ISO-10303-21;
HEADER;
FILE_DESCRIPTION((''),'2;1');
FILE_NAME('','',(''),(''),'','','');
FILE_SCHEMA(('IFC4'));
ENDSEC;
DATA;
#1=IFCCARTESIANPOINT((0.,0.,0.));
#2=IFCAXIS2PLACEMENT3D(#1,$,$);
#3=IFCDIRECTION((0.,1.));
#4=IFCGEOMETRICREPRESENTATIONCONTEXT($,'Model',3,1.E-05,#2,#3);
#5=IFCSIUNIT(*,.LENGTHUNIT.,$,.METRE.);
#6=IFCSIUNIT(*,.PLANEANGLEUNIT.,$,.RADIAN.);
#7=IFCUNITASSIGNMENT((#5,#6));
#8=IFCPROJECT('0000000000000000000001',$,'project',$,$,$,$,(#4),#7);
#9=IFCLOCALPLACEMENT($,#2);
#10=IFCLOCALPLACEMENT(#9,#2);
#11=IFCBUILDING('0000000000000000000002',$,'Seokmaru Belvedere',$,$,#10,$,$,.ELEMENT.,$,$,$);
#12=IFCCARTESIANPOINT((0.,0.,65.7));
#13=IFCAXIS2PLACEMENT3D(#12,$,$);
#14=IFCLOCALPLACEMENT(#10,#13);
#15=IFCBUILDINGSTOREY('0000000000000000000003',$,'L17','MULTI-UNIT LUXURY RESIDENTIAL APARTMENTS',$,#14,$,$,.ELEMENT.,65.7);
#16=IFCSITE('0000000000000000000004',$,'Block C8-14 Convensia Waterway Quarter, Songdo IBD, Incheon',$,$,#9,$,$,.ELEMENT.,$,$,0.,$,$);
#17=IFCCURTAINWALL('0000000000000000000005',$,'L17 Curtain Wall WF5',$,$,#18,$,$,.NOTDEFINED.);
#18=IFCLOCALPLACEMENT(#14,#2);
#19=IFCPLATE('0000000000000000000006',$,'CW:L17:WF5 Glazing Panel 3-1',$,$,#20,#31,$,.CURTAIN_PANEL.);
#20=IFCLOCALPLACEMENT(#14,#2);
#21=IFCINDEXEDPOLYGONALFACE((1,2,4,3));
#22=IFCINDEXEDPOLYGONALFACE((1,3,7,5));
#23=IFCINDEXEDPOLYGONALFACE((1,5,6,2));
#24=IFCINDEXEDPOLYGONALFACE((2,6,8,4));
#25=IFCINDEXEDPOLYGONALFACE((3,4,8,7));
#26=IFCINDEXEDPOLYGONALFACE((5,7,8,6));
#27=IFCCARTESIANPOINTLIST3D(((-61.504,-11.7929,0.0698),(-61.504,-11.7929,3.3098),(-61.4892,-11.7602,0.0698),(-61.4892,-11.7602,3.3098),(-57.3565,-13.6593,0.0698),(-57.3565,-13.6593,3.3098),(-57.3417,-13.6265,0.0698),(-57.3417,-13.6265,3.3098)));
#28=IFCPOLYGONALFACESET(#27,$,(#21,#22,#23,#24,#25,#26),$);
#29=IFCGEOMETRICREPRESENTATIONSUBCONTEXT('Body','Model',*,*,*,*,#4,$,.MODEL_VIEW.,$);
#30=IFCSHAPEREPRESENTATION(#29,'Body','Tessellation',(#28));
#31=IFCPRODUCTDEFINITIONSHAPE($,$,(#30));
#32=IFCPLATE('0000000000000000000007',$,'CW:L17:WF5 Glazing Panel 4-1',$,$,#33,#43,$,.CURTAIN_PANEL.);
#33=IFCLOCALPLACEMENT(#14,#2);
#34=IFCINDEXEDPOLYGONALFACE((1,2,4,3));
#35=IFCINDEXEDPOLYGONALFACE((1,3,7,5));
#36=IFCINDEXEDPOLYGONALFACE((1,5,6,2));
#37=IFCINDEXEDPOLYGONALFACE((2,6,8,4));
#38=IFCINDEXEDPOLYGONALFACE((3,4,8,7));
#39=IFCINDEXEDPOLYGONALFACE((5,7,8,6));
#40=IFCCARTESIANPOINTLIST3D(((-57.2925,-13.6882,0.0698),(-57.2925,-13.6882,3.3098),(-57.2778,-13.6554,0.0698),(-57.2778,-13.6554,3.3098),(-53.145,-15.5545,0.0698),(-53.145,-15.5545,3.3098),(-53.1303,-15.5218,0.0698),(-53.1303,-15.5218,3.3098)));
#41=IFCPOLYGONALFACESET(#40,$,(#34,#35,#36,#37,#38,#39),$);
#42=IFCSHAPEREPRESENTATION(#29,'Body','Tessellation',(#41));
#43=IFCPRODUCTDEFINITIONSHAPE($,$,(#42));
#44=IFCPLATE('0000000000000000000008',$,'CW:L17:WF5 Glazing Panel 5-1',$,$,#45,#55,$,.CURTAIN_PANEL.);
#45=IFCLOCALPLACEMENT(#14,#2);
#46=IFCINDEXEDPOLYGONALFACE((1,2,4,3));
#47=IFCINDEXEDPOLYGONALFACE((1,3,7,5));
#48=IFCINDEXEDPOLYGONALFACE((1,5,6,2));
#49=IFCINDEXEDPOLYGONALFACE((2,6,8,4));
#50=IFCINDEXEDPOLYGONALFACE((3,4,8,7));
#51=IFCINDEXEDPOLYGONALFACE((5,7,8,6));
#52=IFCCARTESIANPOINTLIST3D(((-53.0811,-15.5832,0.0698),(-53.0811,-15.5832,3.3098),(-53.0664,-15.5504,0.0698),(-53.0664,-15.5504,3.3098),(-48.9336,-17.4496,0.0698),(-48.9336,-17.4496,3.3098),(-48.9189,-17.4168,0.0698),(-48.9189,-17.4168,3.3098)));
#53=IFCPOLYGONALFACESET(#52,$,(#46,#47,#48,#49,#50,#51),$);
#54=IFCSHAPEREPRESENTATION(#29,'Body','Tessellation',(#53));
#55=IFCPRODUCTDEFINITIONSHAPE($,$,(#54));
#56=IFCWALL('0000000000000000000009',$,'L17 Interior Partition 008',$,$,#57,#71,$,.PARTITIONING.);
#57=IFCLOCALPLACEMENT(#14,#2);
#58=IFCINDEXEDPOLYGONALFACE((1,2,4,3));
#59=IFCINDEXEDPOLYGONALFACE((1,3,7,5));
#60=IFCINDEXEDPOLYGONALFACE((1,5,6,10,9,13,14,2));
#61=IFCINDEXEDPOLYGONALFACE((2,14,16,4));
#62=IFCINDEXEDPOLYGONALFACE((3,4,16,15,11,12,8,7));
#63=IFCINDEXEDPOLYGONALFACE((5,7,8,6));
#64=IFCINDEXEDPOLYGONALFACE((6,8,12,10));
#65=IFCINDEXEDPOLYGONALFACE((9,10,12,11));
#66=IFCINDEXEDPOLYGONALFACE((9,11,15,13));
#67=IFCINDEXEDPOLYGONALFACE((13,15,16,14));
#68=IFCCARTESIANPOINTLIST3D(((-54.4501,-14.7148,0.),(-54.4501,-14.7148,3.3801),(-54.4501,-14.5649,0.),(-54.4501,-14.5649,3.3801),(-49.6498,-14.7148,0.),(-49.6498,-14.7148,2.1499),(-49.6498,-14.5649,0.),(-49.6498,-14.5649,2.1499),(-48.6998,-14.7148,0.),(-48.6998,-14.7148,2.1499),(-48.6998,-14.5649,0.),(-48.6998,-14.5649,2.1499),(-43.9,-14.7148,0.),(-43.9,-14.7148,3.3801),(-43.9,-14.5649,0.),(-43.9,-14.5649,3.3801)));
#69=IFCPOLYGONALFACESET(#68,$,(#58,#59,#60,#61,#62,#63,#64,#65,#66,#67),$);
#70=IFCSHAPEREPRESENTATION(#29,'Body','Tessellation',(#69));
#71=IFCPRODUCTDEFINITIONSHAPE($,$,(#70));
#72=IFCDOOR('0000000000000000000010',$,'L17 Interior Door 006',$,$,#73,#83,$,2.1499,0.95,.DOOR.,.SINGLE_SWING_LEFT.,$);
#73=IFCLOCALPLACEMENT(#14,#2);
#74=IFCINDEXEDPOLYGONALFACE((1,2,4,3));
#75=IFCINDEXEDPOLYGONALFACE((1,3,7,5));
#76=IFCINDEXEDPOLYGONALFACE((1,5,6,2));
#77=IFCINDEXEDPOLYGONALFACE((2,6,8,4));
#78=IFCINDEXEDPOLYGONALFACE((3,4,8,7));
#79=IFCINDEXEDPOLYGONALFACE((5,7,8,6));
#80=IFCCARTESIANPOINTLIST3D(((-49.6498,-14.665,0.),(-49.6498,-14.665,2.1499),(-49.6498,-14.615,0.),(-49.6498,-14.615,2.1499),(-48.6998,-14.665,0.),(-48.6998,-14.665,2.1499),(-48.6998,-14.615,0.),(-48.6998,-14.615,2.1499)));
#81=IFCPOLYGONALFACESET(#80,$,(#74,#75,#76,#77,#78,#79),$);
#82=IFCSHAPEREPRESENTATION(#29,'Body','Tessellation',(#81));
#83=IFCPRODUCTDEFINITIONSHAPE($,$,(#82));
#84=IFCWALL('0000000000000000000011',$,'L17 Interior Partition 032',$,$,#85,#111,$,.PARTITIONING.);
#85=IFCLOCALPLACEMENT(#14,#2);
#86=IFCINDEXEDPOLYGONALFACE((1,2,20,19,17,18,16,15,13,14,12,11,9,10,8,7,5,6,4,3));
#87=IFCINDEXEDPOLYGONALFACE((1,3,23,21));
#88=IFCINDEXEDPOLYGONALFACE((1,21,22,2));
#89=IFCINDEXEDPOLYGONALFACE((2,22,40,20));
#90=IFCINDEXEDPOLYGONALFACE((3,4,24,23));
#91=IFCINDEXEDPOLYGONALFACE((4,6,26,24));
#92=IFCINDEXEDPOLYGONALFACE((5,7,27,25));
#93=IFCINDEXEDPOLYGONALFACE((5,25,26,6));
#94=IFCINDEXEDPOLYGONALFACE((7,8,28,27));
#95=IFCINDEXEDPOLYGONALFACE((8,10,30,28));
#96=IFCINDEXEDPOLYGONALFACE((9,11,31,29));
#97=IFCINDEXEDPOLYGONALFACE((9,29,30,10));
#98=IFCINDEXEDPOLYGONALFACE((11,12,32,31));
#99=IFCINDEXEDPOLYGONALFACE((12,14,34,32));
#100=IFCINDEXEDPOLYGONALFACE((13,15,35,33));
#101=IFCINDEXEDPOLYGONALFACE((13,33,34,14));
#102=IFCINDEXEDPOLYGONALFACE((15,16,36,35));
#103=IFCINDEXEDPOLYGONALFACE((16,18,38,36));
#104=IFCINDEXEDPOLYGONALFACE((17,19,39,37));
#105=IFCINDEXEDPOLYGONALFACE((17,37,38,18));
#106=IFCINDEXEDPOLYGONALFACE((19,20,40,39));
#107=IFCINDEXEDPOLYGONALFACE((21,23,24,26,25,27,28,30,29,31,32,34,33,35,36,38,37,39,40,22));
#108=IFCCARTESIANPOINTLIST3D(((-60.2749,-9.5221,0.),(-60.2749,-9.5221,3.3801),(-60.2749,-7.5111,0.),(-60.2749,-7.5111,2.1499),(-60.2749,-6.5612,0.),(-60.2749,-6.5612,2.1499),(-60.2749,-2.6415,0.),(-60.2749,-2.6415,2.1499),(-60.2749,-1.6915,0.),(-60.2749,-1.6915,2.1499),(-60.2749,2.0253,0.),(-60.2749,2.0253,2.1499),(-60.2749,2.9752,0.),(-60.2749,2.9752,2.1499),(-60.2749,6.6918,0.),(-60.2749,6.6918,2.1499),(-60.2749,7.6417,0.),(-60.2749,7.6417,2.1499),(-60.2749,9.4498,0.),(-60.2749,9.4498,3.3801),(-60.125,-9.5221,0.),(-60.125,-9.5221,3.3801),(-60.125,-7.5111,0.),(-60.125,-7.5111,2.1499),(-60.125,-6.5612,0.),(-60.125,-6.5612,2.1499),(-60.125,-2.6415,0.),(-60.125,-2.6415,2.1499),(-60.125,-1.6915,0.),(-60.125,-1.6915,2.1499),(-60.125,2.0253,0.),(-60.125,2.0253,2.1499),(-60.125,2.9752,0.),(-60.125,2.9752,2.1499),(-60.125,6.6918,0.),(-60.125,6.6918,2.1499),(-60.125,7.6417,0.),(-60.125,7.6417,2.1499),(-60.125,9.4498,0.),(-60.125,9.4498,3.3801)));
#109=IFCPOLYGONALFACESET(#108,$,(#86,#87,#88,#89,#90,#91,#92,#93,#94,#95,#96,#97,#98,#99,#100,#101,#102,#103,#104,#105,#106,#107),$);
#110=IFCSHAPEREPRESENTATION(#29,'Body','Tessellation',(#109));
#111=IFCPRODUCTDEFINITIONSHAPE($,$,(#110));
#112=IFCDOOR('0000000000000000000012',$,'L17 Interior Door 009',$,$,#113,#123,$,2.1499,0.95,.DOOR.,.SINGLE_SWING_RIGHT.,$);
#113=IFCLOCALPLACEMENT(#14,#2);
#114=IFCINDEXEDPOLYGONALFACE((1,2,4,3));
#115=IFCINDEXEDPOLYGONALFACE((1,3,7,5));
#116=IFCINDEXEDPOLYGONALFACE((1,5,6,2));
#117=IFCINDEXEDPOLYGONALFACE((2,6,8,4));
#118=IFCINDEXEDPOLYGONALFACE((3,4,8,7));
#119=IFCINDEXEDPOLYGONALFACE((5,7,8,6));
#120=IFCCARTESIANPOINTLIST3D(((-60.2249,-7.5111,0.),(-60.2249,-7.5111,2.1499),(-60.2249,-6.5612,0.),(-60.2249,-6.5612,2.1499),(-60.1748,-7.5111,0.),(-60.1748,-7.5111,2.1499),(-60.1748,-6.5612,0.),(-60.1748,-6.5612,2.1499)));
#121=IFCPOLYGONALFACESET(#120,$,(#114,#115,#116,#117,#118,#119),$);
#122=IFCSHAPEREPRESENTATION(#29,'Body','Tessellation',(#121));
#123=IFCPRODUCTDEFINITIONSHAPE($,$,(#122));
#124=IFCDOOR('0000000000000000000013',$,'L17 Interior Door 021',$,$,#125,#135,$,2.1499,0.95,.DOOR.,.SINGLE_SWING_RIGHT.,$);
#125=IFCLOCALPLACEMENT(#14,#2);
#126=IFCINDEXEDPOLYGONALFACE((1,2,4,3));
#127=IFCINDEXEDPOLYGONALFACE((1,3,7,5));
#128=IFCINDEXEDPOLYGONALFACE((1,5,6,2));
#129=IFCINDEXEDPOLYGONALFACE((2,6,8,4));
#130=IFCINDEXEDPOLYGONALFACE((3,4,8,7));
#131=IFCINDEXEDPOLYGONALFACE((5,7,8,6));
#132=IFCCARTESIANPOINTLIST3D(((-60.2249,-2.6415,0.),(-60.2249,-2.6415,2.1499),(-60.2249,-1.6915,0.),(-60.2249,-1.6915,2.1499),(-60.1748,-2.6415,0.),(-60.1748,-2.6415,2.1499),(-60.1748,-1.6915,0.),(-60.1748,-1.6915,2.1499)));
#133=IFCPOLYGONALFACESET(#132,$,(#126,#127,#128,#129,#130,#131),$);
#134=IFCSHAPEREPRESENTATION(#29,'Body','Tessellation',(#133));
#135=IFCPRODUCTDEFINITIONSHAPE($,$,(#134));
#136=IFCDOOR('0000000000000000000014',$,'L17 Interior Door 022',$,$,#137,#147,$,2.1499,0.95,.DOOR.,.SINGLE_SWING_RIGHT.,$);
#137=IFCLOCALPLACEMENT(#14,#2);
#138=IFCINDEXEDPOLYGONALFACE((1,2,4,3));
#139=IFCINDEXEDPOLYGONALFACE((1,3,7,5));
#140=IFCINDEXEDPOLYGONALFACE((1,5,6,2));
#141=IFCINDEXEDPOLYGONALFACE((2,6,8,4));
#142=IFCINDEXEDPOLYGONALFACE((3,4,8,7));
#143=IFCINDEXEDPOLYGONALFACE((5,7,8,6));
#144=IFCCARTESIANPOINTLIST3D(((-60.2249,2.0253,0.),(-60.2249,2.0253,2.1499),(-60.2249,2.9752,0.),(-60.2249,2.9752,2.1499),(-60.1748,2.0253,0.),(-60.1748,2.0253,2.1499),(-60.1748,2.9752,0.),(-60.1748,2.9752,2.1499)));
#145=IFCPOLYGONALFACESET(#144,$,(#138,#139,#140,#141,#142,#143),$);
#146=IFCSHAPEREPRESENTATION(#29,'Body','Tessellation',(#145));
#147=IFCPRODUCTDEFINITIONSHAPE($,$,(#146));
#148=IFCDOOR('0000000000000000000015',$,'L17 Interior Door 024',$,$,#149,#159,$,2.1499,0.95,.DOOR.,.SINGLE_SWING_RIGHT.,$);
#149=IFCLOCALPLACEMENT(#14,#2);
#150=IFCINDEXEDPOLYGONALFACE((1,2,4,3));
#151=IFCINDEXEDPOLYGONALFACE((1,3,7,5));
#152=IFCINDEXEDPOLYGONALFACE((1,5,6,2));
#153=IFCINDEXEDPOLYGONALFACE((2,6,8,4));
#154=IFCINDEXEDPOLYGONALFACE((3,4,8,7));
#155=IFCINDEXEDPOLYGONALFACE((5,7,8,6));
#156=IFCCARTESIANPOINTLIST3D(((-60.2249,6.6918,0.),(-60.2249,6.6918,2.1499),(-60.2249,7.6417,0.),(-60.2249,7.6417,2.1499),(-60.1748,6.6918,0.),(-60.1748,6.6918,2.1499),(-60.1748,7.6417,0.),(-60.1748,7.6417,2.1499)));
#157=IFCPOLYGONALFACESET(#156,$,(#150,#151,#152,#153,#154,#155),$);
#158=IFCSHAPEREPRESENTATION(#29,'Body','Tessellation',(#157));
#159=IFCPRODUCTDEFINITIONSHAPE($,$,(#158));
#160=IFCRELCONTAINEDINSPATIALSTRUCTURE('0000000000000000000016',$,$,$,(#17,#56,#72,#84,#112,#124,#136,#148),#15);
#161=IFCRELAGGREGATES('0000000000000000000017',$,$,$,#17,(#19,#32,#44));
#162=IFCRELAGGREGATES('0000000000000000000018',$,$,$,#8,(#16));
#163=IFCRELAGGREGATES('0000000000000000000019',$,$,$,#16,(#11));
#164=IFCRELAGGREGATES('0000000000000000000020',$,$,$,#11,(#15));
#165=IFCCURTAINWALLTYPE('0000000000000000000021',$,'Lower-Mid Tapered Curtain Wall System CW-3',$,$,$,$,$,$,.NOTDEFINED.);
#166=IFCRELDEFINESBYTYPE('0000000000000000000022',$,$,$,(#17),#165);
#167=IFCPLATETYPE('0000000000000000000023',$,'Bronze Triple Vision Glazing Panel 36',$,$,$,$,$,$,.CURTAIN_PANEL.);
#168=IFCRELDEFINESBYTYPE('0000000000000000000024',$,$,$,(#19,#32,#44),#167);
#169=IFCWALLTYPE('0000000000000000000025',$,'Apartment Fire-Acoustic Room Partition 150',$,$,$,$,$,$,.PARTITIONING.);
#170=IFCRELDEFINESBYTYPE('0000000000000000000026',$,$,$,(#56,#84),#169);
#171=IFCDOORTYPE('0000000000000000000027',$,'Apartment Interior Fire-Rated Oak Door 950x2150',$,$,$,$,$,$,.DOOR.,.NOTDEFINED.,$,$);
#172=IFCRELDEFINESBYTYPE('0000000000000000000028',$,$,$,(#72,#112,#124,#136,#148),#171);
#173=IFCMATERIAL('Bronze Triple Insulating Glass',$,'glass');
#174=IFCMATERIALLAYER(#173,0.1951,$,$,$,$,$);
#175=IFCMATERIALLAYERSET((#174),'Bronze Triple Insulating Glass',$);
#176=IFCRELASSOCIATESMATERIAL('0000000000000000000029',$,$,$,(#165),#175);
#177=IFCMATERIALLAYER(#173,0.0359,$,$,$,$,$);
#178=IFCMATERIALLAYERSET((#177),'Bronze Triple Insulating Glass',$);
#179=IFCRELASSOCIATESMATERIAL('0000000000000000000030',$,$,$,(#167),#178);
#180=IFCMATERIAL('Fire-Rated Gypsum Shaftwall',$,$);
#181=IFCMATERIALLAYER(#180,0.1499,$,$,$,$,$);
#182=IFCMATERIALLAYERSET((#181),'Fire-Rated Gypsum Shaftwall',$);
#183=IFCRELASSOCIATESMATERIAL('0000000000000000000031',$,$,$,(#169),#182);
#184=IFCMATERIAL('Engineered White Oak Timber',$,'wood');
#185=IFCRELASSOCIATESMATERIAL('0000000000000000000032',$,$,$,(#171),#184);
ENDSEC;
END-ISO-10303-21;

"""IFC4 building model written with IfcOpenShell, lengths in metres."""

from ifc_helpers import new_model, si_unit, direction, frame, frame_2d, origin, origin_2d, place, context, subcontext, project, spatial, rectangle, extrude, source, transform, mapped, material, layer, layer_set, type_object, type_shapes, element, fill, aggregate, save


model = new_model("IFC4")

# Units and contexts
model_context = context("Model", 3, precision=1e-05, world=origin(), true_north=direction((0.0, 1.0)))
body_context = subcontext(model_context, "Body", "Model", "MODEL_VIEW")
ifc_project = project(units=[si_unit("LENGTHUNIT", "METRE"), si_unit("PLANEANGLEUNIT", "RADIAN")], contexts=[model_context])

# Site, building, storey
site_placement = place(None, origin())
site = spatial("IfcSite", under=ifc_project, at=site_placement, Name="Block C8-14 Convensia Waterway Quarter, Songdo IBD, Incheon", CompositionType="ELEMENT", RefElevation=0.0)
building_placement = place(site_placement, origin())
building = spatial("IfcBuilding", under=site, at=building_placement, Name="Seokmaru Belvedere", CompositionType="ELEMENT")
storey_placement = place(building_placement, frame((0.0, 0.0, 65.7)))
storey = spatial("IfcBuildingStorey", under=building, at=storey_placement, Name="L17", Description="MULTI-UNIT LUXURY RESIDENTIAL APARTMENTS", CompositionType="ELEMENT", Elevation=65.7)

# Curtain wall, plates
ifc_material_1 = material(Name="Bronze Triple Insulating Glass", Category="glass")
ifc_layer_1 = layer(ifc_material_1, 0.1951)
ifc_layer_set_1 = layer_set([ifc_layer_1], Name="Bronze Triple Insulating Glass")
curtain_wall_type = type_object("IfcCurtainWallType", Name="Lower-Mid Tapered Curtain Wall System CW-3", PredefinedType="NOTDEFINED", material=ifc_layer_set_1)
curtain_wall_placement = place(storey_placement, origin())
curtain_wall = element("IfcCurtainWall", 1, at=curtain_wall_placement, inside=storey, type_object=curtain_wall_type, Name="L17 Curtain Wall WF5", PredefinedType="NOTDEFINED")
ifc_layer_2 = layer(ifc_material_1, 0.0359)
ifc_layer_set_2 = layer_set([ifc_layer_2], Name="Bronze Triple Insulating Glass")
plate_type = type_object("IfcPlateType", Name="Bronze Triple Vision Glazing Panel 36", PredefinedType="CURTAIN_PANEL", material=ifc_layer_set_2)
shared_shape_1 = source(origin(), body_context, "Body", "SweptSolid", [
    extrude(rectangle(XDim=4.5481, YDim=0.0359, at=origin_2d()), origin(), (0.0, 0.0, 1.0), 3.24),
])
type_shapes(plate_type, [shared_shape_1])
plate_1_placement = place(storey_placement, frame((-59.4229, -12.7097, 0.0698), z_axis=(0.0, 0.0, 1.0), x_axis=(0.911921, -0.410366, 0.0)))
plate_1 = element("IfcPlate", 2, at=plate_1_placement, type_object=plate_type, Name="CW:L17:WF5 Glazing Panel 3-1", PredefinedType="CURTAIN_PANEL", context=body_context, shape_type="MappedRepresentation", body=[
    mapped(shared_shape_1, transform((0.0, 0.0, 0.0), scale=1.0)),
])
plate_2_placement = place(storey_placement, frame((-55.2114, -14.605, 0.0698), z_axis=(0.0, 0.0, 1.0), x_axis=(0.911921, -0.410366, 0.0)))
plate_2 = element("IfcPlate", 3, at=plate_2_placement, type_object=plate_type, Name="CW:L17:WF5 Glazing Panel 4-1", PredefinedType="CURTAIN_PANEL", context=body_context, shape_type="MappedRepresentation", body=[
    mapped(shared_shape_1, transform((0.0, 0.0, 0.0), scale=1.0)),
])
plate_3_placement = place(storey_placement, frame((-51.0, -16.5, 0.0698), z_axis=(0.0, 0.0, 1.0), x_axis=(0.911921, -0.410366, 0.0)))
plate_3 = element("IfcPlate", 4, at=plate_3_placement, type_object=plate_type, Name="CW:L17:WF5 Glazing Panel 5-1", PredefinedType="CURTAIN_PANEL", context=body_context, shape_type="MappedRepresentation", body=[
    mapped(shared_shape_1, transform((0.0, 0.0, 0.0), scale=1.0)),
])
aggregate(curtain_wall, [plate_1, plate_2, plate_3])

# Wall, opening, door
ifc_material_2 = material(Name="Fire-Rated Gypsum Shaftwall")
ifc_layer_3 = layer(ifc_material_2, 0.1499)
ifc_layer_set_3 = layer_set([ifc_layer_3], Name="Fire-Rated Gypsum Shaftwall")
wall_type_1 = type_object("IfcWallType", Name="Apartment Fire-Acoustic Room Partition 150", PredefinedType="PARTITIONING", material=ifc_layer_set_3)
wall_1_placement = place(storey_placement, frame((-54.45, -14.6399, 0.0), z_axis=(0.0, 0.0, 1.0), x_axis=(1.0, 0.0, 0.0)))
wall_1 = element("IfcWall", 5, at=wall_1_placement, inside=storey, type_object=wall_type_1, Name="L17 Interior Partition 008", PredefinedType="PARTITIONING", context=body_context, shape_type="SweptSolid", body=[
    extrude(rectangle(XDim=10.55, YDim=0.1499, at=frame_2d((5.2749, 0.0))), origin(), (0.0, 0.0, 1.0), 3.3801),
])
opening_1_placement = place(wall_1_placement, frame((4.8, 0.0, 0.0)))
opening_1 = element("IfcOpeningElement", 6, at=opening_1_placement, cuts=wall_1, PredefinedType="OPENING", context=body_context, shape_type="SweptSolid", body=[
    extrude(rectangle(XDim=0.95, YDim=2.1499, at=frame_2d((0.4751, 1.075))), frame((0.0, 0.085, 0.0), z_axis=(0.0, -1.0, 0.0), x_axis=(1.0, 0.0, 0.0)), (0.0, 0.0, 1.0), 0.1699),
])
ifc_material_3 = material(Name="Engineered White Oak Timber", Category="wood")
door_type = type_object("IfcDoorType", Name="Apartment Interior Fire-Rated Oak Door 950x2150", OperationType="NOTDEFINED", PredefinedType="DOOR", material=ifc_material_3)
shared_shape_2 = source(origin(), body_context, "Body", "SweptSolid", [
    extrude(rectangle(XDim=0.95, YDim=2.1499, at=frame_2d((0.4751, 1.075))), frame((0.0, 0.0249, 0.0), z_axis=(0.0, -1.0, 0.0), x_axis=(1.0, 0.0, 0.0)), (0.0, 0.0, 1.0), 0.05),
])
type_shapes(door_type, [shared_shape_2])
door_1_placement = place(opening_1_placement, origin())
door_1 = element("IfcDoor", 7, at=door_1_placement, inside=storey, type_object=door_type, Name="L17 Interior Door 006", OperationType="SINGLE_SWING_LEFT", OverallHeight=2.1499, OverallWidth=0.95, PredefinedType="DOOR", context=body_context, shape_type="MappedRepresentation", body=[
    mapped(shared_shape_2, transform((0.0, 0.0, 0.0), scale=1.0)),
])
fill(opening_1, door_1)

# Wall, openings, doors
wall_2_placement = place(storey_placement, frame((-60.2, -9.522, 0.0), z_axis=(0.0, 0.0, 1.0), x_axis=(0.0, 1.0, 0.0)))
wall_2 = element("IfcWall", 8, at=wall_2_placement, inside=storey, type_object=wall_type_1, Name="L17 Interior Partition 032", PredefinedType="PARTITIONING", context=body_context, shape_type="SweptSolid", body=[
    extrude(rectangle(XDim=18.9719, YDim=0.1499, at=frame_2d((9.4858, 0.0))), origin(), (0.0, 0.0, 1.0), 3.3801),
])
opening_2_placement = place(wall_2_placement, frame((2.0107, 0.0, 0.0)))
opening_2 = element("IfcOpeningElement", 9, at=opening_2_placement, cuts=wall_2, PredefinedType="OPENING", context=body_context, shape_type="SweptSolid", body=[
    extrude(rectangle(XDim=0.95, YDim=2.1499, at=frame_2d((0.4751, 1.075))), frame((0.0, 0.085, 0.0), z_axis=(0.0, -1.0, 0.0), x_axis=(1.0, 0.0, 0.0)), (0.0, 0.0, 1.0), 0.1699),
])
opening_3_placement = place(wall_2_placement, frame((6.8804, 0.0, 0.0)))
opening_3 = element("IfcOpeningElement", 10, at=opening_3_placement, cuts=wall_2, PredefinedType="OPENING", context=body_context, shape_type="SweptSolid", body=[
    extrude(rectangle(XDim=0.95, YDim=2.1499, at=frame_2d((0.4751, 1.075))), frame((0.0, 0.085, 0.0), z_axis=(0.0, -1.0, 0.0), x_axis=(1.0, 0.0, 0.0)), (0.0, 0.0, 1.0), 0.1699),
])
opening_4_placement = place(wall_2_placement, frame((11.5471, 0.0, 0.0)))
opening_4 = element("IfcOpeningElement", 11, at=opening_4_placement, cuts=wall_2, PredefinedType="OPENING", context=body_context, shape_type="SweptSolid", body=[
    extrude(rectangle(XDim=0.95, YDim=2.1499, at=frame_2d((0.4751, 1.075))), frame((0.0, 0.085, 0.0), z_axis=(0.0, -1.0, 0.0), x_axis=(1.0, 0.0, 0.0)), (0.0, 0.0, 1.0), 0.1699),
])
opening_5_placement = place(wall_2_placement, frame((16.2136, 0.0, 0.0)))
opening_5 = element("IfcOpeningElement", 12, at=opening_5_placement, cuts=wall_2, PredefinedType="OPENING", context=body_context, shape_type="SweptSolid", body=[
    extrude(rectangle(XDim=0.95, YDim=2.1499, at=frame_2d((0.4751, 1.075))), frame((0.0, 0.085, 0.0), z_axis=(0.0, -1.0, 0.0), x_axis=(1.0, 0.0, 0.0)), (0.0, 0.0, 1.0), 0.1699),
])
door_2_placement = place(opening_2_placement, origin())
door_2 = element("IfcDoor", 13, at=door_2_placement, inside=storey, type_object=door_type, Name="L17 Interior Door 009", OperationType="SINGLE_SWING_RIGHT", OverallHeight=2.1499, OverallWidth=0.95, PredefinedType="DOOR", context=body_context, shape_type="MappedRepresentation", body=[
    mapped(shared_shape_2, transform((0.0, 0.0, 0.0), scale=1.0)),
])
fill(opening_2, door_2)
door_3_placement = place(opening_3_placement, origin())
door_3 = element("IfcDoor", 14, at=door_3_placement, inside=storey, type_object=door_type, Name="L17 Interior Door 021", OperationType="SINGLE_SWING_RIGHT", OverallHeight=2.1499, OverallWidth=0.95, PredefinedType="DOOR", context=body_context, shape_type="MappedRepresentation", body=[
    mapped(shared_shape_2, transform((0.0, 0.0, 0.0), scale=1.0)),
])
fill(opening_3, door_3)
door_4_placement = place(opening_4_placement, origin())
door_4 = element("IfcDoor", 15, at=door_4_placement, inside=storey, type_object=door_type, Name="L17 Interior Door 022", OperationType="SINGLE_SWING_RIGHT", OverallHeight=2.1499, OverallWidth=0.95, PredefinedType="DOOR", context=body_context, shape_type="MappedRepresentation", body=[
    mapped(shared_shape_2, transform((0.0, 0.0, 0.0), scale=1.0)),
])
fill(opening_4, door_4)
door_5_placement = place(opening_5_placement, origin())
door_5 = element("IfcDoor", 16, at=door_5_placement, inside=storey, type_object=door_type, Name="L17 Interior Door 024", OperationType="SINGLE_SWING_RIGHT", OverallHeight=2.1499, OverallWidth=0.95, PredefinedType="DOOR", context=body_context, shape_type="MappedRepresentation", body=[
    mapped(shared_shape_2, transform((0.0, 0.0, 0.0), scale=1.0)),
])
fill(opening_5, door_5)

save(model, "model.ifc")
